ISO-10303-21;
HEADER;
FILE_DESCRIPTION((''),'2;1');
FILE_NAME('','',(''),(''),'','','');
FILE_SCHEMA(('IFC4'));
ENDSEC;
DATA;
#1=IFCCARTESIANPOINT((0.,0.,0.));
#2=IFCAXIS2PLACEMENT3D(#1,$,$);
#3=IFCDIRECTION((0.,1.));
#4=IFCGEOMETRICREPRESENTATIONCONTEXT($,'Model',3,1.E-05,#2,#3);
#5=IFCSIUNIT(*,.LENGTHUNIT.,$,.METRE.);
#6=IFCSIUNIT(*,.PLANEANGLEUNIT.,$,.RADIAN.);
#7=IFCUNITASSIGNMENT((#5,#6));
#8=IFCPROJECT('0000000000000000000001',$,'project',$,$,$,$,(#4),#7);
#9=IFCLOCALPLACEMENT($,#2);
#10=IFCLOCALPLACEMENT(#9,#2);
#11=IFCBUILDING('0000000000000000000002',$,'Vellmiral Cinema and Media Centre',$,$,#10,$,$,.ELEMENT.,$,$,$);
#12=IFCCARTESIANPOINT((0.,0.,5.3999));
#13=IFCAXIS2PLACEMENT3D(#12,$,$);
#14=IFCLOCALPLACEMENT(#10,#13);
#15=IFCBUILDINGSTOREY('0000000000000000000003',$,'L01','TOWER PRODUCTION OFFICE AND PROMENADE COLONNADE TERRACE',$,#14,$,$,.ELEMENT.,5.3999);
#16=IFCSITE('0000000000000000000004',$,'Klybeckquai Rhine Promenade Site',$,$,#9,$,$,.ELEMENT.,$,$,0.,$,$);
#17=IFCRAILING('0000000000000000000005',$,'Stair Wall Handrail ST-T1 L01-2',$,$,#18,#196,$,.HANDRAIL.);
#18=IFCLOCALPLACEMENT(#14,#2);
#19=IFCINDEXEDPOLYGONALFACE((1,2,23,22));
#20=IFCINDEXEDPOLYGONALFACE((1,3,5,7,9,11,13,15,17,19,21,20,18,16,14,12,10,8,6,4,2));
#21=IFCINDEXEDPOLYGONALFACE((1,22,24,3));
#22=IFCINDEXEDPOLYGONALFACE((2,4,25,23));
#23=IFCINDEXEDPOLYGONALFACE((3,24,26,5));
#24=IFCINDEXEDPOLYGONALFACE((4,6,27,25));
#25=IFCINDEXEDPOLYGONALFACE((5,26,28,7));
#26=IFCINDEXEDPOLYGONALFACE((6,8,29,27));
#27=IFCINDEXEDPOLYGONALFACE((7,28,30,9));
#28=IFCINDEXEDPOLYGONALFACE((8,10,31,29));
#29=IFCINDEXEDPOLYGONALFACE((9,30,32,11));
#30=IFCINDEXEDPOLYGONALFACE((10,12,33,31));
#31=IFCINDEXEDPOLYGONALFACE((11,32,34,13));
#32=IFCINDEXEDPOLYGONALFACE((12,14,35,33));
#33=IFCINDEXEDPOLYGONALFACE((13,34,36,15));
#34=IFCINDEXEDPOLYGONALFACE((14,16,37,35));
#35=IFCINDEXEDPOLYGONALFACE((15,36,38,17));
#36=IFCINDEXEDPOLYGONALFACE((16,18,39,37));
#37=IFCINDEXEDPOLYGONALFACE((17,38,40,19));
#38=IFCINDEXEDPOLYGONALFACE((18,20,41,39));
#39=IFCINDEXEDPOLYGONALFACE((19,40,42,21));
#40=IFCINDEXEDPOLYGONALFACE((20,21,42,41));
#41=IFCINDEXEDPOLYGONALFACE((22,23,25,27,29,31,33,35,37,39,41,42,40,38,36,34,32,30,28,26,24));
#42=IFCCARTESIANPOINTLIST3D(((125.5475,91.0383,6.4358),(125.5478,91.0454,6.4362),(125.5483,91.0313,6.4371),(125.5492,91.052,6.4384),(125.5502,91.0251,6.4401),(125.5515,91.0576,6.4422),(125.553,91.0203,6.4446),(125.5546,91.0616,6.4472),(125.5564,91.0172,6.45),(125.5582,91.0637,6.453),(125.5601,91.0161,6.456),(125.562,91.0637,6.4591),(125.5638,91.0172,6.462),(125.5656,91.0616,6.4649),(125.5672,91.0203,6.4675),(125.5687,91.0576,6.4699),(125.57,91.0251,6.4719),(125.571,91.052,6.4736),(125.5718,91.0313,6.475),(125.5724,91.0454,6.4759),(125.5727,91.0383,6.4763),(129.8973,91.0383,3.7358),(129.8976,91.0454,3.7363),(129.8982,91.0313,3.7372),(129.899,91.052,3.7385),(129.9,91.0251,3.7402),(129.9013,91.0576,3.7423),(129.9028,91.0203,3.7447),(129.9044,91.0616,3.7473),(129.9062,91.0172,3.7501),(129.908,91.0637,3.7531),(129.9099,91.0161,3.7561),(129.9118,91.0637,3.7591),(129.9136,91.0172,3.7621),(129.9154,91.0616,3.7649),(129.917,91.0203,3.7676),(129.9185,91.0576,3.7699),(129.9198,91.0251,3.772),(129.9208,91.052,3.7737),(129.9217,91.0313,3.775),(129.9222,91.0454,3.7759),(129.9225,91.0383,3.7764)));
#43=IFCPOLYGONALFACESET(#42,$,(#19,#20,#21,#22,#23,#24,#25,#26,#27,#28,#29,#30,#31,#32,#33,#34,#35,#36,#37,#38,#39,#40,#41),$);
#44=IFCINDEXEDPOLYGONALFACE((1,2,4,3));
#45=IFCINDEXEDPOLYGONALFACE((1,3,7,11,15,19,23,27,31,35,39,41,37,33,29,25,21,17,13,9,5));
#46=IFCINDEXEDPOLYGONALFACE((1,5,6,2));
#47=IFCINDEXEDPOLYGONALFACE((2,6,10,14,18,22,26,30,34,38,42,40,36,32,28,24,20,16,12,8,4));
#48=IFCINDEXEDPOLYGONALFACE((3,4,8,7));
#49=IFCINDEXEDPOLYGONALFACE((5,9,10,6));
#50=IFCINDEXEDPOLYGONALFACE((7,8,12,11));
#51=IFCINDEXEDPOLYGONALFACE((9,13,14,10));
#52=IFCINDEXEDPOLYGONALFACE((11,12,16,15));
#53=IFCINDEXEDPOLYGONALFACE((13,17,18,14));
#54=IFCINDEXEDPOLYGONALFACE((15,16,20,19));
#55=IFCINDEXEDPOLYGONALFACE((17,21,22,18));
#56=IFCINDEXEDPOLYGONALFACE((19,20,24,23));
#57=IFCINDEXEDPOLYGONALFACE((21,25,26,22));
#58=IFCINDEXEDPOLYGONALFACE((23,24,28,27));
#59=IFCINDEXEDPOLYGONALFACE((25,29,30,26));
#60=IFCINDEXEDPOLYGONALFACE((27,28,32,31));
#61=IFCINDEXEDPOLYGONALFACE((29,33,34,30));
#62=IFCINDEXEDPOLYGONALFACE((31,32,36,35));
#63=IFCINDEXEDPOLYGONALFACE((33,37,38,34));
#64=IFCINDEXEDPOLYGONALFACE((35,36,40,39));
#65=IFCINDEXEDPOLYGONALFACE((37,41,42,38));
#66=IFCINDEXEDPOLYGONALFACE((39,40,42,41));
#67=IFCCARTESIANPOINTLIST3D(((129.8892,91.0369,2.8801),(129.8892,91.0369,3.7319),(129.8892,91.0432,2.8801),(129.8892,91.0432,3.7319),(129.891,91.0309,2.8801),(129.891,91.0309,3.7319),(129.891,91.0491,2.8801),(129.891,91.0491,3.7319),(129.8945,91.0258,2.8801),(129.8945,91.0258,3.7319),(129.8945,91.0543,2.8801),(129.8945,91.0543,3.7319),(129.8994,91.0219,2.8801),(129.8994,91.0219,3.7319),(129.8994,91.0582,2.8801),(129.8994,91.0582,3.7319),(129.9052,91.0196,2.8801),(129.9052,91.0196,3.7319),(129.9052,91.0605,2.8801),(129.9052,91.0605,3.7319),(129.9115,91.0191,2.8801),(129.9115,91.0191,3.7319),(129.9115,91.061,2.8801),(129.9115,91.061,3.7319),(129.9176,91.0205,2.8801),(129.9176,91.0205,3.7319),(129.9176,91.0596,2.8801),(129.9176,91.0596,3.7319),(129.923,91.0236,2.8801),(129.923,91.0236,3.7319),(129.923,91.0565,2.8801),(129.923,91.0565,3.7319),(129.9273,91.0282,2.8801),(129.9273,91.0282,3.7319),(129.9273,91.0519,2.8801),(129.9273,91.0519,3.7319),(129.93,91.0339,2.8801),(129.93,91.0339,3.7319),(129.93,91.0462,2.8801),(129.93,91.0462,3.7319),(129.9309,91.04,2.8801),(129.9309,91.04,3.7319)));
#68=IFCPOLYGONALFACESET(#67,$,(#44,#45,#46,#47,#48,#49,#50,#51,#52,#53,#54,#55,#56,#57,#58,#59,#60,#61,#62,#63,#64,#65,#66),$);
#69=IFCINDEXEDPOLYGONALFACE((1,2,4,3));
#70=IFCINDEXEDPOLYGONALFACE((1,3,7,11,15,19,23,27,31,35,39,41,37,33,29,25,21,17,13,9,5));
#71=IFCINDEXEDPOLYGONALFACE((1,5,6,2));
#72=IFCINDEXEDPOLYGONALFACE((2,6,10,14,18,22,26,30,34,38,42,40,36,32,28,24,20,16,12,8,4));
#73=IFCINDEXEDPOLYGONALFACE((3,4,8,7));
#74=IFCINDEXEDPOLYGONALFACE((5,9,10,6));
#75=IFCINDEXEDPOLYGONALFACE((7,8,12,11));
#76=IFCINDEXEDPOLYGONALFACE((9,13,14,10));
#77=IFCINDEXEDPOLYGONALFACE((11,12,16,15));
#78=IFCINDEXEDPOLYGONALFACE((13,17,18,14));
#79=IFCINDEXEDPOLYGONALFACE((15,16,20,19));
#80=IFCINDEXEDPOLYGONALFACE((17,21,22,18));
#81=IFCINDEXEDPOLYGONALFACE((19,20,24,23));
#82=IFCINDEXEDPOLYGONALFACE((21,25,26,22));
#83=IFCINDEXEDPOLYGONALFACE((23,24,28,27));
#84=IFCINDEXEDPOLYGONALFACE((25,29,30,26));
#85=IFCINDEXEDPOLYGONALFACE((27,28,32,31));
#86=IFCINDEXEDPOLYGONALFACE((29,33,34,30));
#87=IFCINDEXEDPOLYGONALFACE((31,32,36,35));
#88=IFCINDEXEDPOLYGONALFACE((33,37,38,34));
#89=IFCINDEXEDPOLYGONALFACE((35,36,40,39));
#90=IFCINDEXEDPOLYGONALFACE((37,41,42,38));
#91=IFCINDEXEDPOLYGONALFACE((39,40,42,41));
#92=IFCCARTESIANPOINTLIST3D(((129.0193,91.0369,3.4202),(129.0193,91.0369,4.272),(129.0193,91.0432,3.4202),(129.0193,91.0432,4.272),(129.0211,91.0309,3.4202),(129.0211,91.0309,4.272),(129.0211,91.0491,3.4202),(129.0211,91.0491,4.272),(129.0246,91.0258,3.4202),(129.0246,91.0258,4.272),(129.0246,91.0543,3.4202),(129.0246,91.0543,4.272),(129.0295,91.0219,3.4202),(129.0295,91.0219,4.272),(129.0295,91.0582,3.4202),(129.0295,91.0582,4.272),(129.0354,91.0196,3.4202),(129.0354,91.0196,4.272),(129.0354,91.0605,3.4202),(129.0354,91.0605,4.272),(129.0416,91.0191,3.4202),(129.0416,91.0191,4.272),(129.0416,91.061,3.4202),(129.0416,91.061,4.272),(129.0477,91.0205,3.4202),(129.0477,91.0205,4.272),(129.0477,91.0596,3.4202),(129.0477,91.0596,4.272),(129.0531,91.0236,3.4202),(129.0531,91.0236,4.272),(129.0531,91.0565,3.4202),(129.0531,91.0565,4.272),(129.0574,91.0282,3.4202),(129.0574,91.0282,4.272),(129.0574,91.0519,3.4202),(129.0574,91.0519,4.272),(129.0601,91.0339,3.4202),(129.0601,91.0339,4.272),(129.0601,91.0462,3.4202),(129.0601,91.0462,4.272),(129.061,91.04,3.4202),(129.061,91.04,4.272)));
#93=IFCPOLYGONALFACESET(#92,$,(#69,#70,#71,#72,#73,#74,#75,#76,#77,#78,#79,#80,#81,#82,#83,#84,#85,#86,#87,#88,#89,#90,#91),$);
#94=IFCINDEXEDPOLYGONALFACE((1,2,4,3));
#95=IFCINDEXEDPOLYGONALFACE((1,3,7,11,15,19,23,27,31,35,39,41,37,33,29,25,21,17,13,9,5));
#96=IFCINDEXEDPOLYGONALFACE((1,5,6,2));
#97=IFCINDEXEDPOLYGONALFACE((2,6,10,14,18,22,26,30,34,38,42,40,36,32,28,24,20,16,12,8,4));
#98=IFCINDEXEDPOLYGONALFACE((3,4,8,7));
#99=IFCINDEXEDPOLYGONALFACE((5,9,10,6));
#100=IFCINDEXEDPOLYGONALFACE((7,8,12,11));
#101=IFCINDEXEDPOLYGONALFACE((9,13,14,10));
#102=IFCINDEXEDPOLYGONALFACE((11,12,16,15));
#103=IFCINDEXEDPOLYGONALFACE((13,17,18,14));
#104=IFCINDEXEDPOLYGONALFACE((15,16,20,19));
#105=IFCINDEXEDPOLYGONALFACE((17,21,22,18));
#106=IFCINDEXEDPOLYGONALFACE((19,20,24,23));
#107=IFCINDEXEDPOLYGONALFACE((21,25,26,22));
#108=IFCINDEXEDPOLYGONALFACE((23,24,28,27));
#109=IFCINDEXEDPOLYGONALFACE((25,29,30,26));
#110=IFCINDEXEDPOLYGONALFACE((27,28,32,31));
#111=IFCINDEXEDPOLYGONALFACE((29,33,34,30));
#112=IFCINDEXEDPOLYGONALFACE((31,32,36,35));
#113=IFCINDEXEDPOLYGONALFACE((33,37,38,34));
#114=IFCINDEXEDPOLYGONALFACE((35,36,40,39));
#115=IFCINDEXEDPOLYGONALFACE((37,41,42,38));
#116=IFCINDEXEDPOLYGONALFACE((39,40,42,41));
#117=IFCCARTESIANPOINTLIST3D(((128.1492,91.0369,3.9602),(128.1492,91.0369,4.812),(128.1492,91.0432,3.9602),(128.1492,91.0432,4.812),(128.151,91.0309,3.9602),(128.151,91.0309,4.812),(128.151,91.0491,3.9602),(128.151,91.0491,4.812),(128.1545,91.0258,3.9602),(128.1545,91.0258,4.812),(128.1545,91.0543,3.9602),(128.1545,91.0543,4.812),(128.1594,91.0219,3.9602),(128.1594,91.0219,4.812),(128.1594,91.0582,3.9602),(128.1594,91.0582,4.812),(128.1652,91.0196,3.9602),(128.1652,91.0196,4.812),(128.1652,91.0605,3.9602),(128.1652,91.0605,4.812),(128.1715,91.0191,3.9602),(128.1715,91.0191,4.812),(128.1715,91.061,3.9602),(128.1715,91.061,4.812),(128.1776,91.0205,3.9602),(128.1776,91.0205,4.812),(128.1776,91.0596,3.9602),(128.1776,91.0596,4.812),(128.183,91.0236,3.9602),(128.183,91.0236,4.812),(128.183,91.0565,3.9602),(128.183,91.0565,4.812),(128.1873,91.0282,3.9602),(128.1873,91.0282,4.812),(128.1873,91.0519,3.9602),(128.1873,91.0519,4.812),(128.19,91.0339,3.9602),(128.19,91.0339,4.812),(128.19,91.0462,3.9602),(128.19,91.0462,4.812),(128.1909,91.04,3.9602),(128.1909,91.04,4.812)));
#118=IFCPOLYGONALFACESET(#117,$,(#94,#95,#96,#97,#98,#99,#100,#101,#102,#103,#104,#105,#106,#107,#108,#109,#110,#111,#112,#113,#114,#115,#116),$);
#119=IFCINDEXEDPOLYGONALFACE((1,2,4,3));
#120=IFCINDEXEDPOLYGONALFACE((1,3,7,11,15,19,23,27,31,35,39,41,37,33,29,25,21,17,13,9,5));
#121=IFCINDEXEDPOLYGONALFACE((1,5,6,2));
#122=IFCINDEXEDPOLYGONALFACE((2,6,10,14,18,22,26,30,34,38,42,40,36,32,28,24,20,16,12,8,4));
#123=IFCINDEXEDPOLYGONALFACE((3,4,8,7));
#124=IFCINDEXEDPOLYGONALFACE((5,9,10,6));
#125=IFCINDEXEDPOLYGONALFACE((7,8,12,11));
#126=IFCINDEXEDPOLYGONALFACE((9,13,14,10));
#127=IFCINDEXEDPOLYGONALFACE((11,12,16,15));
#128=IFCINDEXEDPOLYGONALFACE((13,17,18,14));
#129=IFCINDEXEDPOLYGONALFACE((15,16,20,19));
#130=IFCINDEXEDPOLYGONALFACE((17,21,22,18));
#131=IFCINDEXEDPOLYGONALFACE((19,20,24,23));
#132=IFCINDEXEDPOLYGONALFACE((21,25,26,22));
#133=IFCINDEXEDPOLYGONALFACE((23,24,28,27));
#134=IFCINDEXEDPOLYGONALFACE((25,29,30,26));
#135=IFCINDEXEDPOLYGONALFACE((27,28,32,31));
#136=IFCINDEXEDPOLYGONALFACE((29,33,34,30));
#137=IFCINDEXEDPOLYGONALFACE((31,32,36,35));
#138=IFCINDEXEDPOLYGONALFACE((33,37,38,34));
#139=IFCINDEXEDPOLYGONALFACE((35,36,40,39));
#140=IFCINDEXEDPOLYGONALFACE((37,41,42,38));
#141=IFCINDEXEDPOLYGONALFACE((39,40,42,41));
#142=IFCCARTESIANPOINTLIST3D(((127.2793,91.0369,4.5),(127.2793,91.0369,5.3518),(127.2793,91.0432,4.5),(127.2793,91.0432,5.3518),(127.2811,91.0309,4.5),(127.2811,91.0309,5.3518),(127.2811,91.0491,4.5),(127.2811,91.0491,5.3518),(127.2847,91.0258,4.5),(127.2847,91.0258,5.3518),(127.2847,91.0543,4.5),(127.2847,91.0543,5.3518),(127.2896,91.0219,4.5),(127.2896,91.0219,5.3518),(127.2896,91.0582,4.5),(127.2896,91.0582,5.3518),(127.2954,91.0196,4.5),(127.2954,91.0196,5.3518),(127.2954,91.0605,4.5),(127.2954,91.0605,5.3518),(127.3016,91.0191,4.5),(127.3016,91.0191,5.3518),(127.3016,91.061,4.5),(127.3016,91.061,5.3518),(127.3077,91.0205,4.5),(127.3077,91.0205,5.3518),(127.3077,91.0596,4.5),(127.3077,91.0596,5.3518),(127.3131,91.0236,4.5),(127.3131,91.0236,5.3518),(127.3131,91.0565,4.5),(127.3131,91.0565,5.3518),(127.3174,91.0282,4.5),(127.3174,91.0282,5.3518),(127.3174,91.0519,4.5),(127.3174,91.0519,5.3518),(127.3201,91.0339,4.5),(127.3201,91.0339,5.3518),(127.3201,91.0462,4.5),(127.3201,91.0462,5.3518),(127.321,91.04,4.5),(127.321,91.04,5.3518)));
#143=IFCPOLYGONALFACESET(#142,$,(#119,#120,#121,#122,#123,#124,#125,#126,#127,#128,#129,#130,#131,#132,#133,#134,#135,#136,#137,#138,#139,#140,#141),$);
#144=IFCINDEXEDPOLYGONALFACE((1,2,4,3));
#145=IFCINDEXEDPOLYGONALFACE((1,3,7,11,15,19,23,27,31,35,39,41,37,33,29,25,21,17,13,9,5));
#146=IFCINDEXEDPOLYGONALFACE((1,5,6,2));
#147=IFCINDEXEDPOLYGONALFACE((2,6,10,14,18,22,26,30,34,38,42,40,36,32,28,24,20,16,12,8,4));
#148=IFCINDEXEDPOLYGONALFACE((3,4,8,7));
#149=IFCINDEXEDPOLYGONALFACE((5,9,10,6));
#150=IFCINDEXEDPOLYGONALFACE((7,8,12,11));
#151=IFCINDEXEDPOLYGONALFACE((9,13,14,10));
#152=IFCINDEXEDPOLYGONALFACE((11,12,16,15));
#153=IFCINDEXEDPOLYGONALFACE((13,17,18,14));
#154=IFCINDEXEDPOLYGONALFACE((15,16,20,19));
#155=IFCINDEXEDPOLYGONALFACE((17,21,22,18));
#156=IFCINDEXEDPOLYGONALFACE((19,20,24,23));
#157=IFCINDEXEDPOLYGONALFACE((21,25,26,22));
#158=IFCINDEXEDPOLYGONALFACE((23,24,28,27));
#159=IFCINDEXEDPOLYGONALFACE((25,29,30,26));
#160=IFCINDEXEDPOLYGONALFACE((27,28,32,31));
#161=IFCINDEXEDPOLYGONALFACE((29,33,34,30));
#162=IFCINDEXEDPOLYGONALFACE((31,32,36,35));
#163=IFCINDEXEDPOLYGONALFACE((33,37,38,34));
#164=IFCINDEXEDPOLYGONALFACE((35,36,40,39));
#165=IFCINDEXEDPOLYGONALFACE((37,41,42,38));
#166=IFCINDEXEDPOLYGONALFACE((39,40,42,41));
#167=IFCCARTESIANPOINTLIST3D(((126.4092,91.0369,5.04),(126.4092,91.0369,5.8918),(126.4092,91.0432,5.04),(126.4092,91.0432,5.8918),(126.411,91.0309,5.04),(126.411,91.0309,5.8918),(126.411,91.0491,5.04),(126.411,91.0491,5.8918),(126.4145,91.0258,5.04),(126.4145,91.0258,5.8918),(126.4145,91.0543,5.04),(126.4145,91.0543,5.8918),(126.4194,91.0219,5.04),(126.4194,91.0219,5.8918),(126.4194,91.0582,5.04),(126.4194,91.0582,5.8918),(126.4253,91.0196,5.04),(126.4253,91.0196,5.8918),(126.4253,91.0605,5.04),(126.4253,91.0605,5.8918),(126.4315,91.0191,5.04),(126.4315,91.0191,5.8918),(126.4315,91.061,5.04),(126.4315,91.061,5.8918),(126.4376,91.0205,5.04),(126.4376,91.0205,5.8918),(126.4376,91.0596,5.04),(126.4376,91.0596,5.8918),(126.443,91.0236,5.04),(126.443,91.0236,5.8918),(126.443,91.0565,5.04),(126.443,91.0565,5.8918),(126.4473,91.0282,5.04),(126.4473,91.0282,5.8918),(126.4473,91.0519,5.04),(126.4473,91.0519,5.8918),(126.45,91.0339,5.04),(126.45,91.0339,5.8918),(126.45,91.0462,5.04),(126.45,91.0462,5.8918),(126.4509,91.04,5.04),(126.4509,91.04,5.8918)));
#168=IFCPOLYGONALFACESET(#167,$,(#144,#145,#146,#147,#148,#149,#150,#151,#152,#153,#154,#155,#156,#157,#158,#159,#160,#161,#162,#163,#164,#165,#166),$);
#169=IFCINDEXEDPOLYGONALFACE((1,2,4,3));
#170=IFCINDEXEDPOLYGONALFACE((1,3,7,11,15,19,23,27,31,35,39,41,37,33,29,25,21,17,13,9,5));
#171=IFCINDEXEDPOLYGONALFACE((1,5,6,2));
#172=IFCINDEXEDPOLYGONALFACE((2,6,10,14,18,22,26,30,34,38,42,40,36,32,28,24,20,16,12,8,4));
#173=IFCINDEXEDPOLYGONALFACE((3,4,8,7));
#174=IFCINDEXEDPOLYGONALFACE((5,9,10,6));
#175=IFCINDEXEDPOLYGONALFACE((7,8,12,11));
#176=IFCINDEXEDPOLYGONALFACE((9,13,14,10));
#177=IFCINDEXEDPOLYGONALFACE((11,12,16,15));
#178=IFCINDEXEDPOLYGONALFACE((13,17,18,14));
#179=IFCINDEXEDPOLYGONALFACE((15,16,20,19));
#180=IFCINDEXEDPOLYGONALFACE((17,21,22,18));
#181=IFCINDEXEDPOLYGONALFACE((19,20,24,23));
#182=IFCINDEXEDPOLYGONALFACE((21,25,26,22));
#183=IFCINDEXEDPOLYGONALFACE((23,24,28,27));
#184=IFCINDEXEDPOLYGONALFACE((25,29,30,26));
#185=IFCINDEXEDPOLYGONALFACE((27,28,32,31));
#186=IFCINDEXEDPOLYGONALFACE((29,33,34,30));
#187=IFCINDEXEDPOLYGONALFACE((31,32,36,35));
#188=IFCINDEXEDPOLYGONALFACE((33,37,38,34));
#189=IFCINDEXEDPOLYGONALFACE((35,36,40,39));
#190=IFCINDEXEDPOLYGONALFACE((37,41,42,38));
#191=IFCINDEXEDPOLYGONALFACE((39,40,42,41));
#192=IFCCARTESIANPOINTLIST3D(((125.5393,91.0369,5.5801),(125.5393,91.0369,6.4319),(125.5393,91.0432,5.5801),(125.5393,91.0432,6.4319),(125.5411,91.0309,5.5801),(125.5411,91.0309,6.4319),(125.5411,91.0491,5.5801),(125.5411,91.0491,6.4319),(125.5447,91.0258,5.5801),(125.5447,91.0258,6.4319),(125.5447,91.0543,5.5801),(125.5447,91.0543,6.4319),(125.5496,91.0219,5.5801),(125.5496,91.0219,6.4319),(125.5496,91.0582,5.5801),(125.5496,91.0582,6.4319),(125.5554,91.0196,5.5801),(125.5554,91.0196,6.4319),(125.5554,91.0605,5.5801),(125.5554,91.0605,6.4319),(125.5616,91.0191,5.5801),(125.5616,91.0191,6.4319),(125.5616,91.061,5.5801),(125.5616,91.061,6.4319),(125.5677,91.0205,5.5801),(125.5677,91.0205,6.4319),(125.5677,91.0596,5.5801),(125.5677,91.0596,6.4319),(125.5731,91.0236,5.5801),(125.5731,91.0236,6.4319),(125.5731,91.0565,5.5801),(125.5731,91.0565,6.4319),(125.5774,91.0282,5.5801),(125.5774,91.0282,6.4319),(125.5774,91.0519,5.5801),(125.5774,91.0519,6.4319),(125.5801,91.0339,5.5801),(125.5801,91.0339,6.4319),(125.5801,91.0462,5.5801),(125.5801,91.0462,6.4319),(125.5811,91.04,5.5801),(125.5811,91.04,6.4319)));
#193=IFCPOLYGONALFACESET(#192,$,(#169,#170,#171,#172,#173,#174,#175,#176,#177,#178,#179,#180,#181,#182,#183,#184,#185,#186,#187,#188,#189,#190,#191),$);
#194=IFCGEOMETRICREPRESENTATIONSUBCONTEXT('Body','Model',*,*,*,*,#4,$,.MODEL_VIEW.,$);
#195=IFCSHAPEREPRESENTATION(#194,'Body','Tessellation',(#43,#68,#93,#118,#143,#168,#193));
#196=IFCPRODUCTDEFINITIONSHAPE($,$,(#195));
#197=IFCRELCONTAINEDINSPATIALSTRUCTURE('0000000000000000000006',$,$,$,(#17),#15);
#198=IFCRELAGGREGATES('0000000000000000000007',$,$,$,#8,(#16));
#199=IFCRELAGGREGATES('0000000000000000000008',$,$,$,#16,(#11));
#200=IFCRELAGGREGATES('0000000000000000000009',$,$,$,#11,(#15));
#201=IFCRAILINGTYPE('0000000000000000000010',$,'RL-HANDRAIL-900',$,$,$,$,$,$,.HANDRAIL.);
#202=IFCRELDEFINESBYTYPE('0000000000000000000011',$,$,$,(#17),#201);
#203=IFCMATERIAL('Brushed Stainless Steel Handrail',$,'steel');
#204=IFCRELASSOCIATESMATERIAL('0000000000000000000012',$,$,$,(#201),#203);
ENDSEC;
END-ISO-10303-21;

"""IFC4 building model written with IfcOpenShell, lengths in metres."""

from ifc_helpers import new_model, si_unit, direction, frame, origin, origin_2d, place, context, subcontext, project, spatial, circle, extrude, material, type_object, element, save


model = new_model("IFC4")

# Units and contexts
model_context = context("Model", 3, precision=1e-05, world=origin(), true_north=direction((0.0, 1.0)))
body_context = subcontext(model_context, "Body", "Model", "MODEL_VIEW")
ifc_project = project(units=[si_unit("LENGTHUNIT", "METRE"), si_unit("PLANEANGLEUNIT", "RADIAN")], contexts=[model_context])

# Site, building, storey
site_placement = place(None, origin())
site = spatial("IfcSite", under=ifc_project, at=site_placement, Name="Klybeckquai Rhine Promenade Site", CompositionType="ELEMENT", RefElevation=0.0)
building_placement = place(site_placement, origin())
building = spatial("IfcBuilding", under=site, at=building_placement, Name="Vellmiral Cinema and Media Centre", CompositionType="ELEMENT")
storey_placement = place(building_placement, frame((0.0, 0.0, 5.3999)))
storey = spatial("IfcBuildingStorey", under=building, at=storey_placement, Name="L01", Description="TOWER PRODUCTION OFFICE AND PROMENADE COLONNADE TERRACE", CompositionType="ELEMENT", Elevation=5.3999)

# Railing
ifc_material_1 = material(Name="Brushed Stainless Steel Handrail", Category="steel")
railing_type_1 = type_object("IfcRailingType", Name="RL-HANDRAIL-900", PredefinedType="HANDRAIL", material=ifc_material_1)
railing_1_placement = place(storey_placement, frame((129.9099, 91.04, 2.8801)))
element("IfcRailing", 1, at=railing_1_placement, inside=storey, type_object=railing_type_1, Name="Stair Wall Handrail ST-T1 L01-2", PredefinedType="HANDRAIL", context=body_context, shape_type="SweptSolid", body=[
    extrude(circle(Radius=0.0239, at=origin_2d()), frame((0.0, 0.0, 0.876), z_axis=(-0.849636, 0.0, 0.527369), x_axis=(0.0, -1.0, 0.0)), (0.0, 0.0, 1.0), 5.1196),
    extrude(circle(Radius=0.021, at=origin_2d()), origin(), (0.0, 0.0, 1.0), 0.8518),
    extrude(circle(Radius=0.021, at=origin_2d()), frame((-0.8699, 0.0, 0.54)), (0.0, 0.0, 1.0), 0.8518),
    extrude(circle(Radius=0.021, at=origin_2d()), frame((-1.74, 0.0, 1.0801)), (0.0, 0.0, 1.0), 0.8518),
    extrude(circle(Radius=0.021, at=origin_2d()), frame((-2.6099, 0.0, 1.6199)), (0.0, 0.0, 1.0), 0.8518),
    extrude(circle(Radius=0.021, at=origin_2d()), frame((-3.48, 0.0, 2.1599)), (0.0, 0.0, 1.0), 0.8518),
    extrude(circle(Radius=0.021, at=origin_2d()), frame((-4.3499, 0.0, 2.7)), (0.0, 0.0, 1.0), 0.8518),
])

save(model, "model.ifc")
